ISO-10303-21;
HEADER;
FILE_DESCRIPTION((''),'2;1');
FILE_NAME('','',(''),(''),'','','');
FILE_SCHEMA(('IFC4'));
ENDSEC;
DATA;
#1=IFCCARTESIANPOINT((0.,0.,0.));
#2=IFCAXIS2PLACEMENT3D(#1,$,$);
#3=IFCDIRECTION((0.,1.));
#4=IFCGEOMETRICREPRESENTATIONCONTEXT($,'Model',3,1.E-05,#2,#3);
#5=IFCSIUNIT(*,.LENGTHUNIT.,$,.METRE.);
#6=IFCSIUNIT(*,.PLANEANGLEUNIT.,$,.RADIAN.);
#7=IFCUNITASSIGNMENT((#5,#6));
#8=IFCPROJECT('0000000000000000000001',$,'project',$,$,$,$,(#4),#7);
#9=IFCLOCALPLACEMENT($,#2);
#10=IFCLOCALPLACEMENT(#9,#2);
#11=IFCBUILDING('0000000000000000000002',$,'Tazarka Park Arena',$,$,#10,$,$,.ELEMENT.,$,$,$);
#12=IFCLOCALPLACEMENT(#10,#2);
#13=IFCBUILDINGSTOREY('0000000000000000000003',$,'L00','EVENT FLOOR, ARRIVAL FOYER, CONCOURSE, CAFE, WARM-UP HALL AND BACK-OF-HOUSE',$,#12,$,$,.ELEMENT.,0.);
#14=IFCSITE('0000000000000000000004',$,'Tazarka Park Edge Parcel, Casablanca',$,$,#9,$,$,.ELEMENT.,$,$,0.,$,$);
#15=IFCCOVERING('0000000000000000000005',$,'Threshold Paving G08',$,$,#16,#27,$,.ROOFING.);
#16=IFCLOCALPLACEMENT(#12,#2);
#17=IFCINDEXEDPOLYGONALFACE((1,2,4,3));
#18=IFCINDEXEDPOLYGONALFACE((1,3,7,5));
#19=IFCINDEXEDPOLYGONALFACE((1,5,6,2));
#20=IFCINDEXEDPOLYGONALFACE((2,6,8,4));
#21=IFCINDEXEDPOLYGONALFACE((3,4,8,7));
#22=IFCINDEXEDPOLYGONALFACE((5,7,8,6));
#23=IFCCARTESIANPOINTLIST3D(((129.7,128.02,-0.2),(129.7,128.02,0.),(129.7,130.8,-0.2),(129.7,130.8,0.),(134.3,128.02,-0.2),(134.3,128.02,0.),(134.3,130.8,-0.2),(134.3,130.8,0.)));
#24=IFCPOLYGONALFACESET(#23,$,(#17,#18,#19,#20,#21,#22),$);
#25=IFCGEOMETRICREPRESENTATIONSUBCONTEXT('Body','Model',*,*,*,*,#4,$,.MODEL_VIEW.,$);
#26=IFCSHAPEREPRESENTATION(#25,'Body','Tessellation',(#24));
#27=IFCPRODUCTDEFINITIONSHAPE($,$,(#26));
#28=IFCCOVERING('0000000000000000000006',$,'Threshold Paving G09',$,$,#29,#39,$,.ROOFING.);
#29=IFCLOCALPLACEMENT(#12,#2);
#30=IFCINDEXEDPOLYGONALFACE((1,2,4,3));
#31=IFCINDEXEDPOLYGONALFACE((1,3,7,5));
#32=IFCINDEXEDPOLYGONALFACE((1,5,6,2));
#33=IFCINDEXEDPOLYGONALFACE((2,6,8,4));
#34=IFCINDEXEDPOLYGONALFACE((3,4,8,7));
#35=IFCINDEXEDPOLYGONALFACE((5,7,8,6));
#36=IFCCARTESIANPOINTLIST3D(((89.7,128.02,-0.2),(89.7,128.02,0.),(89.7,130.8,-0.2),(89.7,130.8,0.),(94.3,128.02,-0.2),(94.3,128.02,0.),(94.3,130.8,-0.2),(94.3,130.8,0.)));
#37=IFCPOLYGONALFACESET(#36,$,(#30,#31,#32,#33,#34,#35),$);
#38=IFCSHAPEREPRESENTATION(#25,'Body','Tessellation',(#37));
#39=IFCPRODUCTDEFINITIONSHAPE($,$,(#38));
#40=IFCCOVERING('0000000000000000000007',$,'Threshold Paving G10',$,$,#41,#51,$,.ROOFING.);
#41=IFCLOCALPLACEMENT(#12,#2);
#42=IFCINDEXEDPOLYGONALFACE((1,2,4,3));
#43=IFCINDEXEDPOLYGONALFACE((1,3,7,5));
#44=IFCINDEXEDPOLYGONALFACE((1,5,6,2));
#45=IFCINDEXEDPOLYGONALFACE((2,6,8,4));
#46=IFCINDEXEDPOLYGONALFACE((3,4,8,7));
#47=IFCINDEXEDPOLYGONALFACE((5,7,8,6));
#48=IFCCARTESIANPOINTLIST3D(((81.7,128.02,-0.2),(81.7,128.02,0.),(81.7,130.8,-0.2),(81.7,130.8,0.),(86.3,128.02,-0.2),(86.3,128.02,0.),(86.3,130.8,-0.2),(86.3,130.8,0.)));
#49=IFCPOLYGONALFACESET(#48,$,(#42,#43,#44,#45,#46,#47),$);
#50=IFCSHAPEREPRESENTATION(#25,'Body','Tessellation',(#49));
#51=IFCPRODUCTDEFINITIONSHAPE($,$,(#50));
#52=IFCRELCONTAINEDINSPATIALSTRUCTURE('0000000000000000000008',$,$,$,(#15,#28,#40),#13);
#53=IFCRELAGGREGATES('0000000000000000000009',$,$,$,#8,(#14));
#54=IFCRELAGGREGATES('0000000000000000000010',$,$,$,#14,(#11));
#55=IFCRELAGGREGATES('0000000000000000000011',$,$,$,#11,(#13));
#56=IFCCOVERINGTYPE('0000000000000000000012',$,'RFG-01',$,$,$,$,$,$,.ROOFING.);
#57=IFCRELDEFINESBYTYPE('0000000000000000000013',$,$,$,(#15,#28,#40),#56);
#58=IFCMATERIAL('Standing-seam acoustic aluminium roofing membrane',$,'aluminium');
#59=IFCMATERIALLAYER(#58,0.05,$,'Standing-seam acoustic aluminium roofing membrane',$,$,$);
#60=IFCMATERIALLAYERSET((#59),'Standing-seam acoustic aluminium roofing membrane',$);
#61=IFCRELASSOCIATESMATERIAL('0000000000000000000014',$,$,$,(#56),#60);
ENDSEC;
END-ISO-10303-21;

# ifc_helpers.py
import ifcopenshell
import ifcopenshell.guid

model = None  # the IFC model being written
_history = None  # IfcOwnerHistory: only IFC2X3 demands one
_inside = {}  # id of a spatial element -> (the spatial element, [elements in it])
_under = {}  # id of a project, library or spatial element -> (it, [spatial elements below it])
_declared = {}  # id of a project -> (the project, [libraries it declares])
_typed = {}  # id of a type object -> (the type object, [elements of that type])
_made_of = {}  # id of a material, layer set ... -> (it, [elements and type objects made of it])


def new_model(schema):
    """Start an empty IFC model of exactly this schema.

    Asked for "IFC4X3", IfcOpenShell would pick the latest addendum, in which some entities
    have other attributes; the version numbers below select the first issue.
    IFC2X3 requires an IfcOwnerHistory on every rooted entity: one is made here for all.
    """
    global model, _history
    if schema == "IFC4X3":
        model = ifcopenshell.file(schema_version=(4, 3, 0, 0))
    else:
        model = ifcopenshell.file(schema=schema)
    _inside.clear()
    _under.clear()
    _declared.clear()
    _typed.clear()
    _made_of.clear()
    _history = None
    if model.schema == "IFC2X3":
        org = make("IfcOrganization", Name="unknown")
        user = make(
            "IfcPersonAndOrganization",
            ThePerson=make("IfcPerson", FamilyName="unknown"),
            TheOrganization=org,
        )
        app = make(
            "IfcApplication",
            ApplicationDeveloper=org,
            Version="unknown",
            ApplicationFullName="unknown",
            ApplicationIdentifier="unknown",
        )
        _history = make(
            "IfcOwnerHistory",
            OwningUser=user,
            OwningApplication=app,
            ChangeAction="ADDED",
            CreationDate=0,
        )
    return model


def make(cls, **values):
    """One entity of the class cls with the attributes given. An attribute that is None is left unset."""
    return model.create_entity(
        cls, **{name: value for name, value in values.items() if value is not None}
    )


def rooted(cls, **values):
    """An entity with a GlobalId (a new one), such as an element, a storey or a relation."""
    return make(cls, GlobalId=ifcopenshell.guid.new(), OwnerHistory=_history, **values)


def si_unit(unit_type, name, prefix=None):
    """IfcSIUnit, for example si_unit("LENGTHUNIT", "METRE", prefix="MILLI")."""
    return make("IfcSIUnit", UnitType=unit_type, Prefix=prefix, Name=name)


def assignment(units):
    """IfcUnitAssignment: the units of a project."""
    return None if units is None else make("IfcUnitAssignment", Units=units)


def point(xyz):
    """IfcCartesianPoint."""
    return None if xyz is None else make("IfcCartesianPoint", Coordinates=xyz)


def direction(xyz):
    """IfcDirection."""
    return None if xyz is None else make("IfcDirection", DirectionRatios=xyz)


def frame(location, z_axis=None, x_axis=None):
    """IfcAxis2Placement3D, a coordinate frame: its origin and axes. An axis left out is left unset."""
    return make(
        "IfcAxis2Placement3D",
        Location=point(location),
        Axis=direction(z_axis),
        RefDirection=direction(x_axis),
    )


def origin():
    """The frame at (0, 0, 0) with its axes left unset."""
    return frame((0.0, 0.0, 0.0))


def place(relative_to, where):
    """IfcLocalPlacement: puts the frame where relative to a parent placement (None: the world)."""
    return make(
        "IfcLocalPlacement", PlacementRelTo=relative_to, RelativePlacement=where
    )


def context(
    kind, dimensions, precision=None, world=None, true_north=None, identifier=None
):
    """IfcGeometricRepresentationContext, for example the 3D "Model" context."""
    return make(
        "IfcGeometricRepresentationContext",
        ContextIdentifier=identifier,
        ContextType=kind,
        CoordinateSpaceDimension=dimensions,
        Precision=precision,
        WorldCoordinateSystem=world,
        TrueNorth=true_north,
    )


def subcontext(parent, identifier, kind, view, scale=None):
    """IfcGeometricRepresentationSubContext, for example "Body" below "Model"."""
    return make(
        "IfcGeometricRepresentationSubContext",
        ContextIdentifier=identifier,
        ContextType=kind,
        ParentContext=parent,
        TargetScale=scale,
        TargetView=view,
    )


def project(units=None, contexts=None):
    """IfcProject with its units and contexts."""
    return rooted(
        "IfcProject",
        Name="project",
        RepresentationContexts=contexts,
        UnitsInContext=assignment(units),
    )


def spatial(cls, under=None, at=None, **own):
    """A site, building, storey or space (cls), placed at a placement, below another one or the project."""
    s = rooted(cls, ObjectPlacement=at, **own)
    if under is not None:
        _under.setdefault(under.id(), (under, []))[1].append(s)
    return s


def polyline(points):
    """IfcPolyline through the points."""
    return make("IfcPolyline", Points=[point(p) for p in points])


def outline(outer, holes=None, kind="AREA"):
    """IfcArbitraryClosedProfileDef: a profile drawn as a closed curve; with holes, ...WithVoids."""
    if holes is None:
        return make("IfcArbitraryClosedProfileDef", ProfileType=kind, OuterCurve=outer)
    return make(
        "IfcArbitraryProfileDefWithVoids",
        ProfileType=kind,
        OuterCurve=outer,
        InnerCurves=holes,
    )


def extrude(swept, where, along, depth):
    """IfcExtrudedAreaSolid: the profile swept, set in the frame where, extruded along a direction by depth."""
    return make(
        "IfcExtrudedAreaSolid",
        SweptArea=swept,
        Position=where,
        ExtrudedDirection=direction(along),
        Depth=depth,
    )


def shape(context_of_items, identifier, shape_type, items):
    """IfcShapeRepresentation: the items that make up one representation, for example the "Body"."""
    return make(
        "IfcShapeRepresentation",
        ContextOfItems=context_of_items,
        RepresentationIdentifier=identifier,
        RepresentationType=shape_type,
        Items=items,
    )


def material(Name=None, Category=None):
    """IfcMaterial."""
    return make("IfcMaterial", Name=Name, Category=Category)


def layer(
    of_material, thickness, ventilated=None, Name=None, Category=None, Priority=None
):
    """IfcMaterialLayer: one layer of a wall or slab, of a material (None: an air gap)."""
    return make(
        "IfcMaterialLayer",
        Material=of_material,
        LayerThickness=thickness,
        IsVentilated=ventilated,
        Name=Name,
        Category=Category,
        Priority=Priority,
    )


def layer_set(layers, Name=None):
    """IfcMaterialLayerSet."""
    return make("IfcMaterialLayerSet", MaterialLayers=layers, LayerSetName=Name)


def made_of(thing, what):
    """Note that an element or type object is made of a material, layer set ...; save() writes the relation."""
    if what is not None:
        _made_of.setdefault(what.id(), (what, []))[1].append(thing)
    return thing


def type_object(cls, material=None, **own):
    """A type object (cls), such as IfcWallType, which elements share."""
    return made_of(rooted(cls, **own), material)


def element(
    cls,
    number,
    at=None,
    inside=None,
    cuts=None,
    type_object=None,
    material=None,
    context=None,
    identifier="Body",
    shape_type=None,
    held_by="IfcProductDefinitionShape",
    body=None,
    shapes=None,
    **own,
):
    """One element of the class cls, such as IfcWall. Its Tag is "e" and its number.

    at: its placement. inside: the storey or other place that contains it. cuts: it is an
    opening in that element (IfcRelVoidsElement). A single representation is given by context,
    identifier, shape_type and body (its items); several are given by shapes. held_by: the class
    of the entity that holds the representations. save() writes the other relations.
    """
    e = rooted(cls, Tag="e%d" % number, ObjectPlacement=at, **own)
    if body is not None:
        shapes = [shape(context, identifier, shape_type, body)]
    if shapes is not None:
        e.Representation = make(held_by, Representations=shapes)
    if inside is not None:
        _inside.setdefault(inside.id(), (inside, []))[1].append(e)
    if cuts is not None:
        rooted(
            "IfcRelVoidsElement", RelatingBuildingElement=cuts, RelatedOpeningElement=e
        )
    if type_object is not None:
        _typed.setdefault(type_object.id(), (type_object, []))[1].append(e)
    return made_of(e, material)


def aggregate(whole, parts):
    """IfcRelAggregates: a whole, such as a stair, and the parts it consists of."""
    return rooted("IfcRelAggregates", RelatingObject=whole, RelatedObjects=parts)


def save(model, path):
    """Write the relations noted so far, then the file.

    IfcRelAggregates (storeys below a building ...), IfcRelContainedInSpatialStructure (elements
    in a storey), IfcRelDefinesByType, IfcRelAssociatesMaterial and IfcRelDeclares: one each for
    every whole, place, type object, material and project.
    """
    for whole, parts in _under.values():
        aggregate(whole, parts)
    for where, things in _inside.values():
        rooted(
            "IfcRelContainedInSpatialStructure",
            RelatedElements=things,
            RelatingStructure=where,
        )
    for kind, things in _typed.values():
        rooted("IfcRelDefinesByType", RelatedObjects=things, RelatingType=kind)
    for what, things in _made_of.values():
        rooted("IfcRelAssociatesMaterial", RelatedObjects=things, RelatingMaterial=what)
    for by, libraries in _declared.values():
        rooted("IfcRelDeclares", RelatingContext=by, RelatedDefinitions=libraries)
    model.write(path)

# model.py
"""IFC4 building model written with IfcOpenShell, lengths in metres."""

from ifc_helpers import new_model, si_unit, direction, frame, origin, place, context, subcontext, project, spatial, polyline, outline, extrude, material, layer, layer_set, type_object, element, save


model = new_model("IFC4")

# Units and contexts
model_context = context("Model", 3, precision=1e-05, world=origin(), true_north=direction((0.0, 1.0)))
body_context = subcontext(model_context, "Body", "Model", "MODEL_VIEW")
ifc_project = project(units=[si_unit("LENGTHUNIT", "METRE"), si_unit("PLANEANGLEUNIT", "RADIAN")], contexts=[model_context])

# Site, building, storey
site_placement = place(None, origin())
site = spatial("IfcSite", under=ifc_project, at=site_placement, Name="Tazarka Park Edge Parcel, Casablanca", CompositionType="ELEMENT", RefElevation=0.0)
building_placement = place(site_placement, origin())
building = spatial("IfcBuilding", under=site, at=building_placement, Name="Tazarka Park Arena", CompositionType="ELEMENT")
storey_placement = place(building_placement, origin())
storey = spatial("IfcBuildingStorey", under=building, at=storey_placement, Name="L00", Description="EVENT FLOOR, ARRIVAL FOYER, CONCOURSE, CAFE, WARM-UP HALL AND BACK-OF-HOUSE", CompositionType="ELEMENT", Elevation=0.0)

# Coverings
ifc_material_1 = material(Name="Standing-seam acoustic aluminium roofing membrane", Category="aluminium")
ifc_layer_1 = layer(ifc_material_1, 0.05, Name="Standing-seam acoustic aluminium roofing membrane")
ifc_layer_set_1 = layer_set([ifc_layer_1], Name="Standing-seam acoustic aluminium roofing membrane")
covering_type = type_object("IfcCoveringType", Name="RFG-01", PredefinedType="ROOFING", material=ifc_layer_set_1)
covering_1_placement = place(storey_placement, frame((0.0, 0.0, -0.2)))
element("IfcCovering", 1, at=covering_1_placement, inside=storey, type_object=covering_type, Name="Threshold Paving G08", PredefinedType="ROOFING", context=body_context, shape_type="SweptSolid", body=[
    extrude(outline(polyline([(129.7, 130.8), (134.3, 130.8), (134.3, 128.02), (129.7, 128.02), (129.7, 130.8)])), origin(), (0.0, 0.0, 1.0), 0.2),
])
covering_2_placement = place(storey_placement, frame((0.0, 0.0, -0.2)))
element("IfcCovering", 2, at=covering_2_placement, inside=storey, type_object=covering_type, Name="Threshold Paving G09", PredefinedType="ROOFING", context=body_context, shape_type="SweptSolid", body=[
    extrude(outline(polyline([(89.7, 130.8), (94.3, 130.8), (94.3, 128.02), (89.7, 128.02), (89.7, 130.8)])), origin(), (0.0, 0.0, 1.0), 0.2),
])
covering_3_placement = place(storey_placement, frame((0.0, 0.0, -0.2)))
element("IfcCovering", 3, at=covering_3_placement, inside=storey, type_object=covering_type, Name="Threshold Paving G10", PredefinedType="ROOFING", context=body_context, shape_type="SweptSolid", body=[
    extrude(outline(polyline([(81.7, 130.8), (86.3, 130.8), (86.3, 128.02), (81.7, 128.02), (81.7, 130.8)])), origin(), (0.0, 0.0, 1.0), 0.2),
])

save(model, "model.ifc")
